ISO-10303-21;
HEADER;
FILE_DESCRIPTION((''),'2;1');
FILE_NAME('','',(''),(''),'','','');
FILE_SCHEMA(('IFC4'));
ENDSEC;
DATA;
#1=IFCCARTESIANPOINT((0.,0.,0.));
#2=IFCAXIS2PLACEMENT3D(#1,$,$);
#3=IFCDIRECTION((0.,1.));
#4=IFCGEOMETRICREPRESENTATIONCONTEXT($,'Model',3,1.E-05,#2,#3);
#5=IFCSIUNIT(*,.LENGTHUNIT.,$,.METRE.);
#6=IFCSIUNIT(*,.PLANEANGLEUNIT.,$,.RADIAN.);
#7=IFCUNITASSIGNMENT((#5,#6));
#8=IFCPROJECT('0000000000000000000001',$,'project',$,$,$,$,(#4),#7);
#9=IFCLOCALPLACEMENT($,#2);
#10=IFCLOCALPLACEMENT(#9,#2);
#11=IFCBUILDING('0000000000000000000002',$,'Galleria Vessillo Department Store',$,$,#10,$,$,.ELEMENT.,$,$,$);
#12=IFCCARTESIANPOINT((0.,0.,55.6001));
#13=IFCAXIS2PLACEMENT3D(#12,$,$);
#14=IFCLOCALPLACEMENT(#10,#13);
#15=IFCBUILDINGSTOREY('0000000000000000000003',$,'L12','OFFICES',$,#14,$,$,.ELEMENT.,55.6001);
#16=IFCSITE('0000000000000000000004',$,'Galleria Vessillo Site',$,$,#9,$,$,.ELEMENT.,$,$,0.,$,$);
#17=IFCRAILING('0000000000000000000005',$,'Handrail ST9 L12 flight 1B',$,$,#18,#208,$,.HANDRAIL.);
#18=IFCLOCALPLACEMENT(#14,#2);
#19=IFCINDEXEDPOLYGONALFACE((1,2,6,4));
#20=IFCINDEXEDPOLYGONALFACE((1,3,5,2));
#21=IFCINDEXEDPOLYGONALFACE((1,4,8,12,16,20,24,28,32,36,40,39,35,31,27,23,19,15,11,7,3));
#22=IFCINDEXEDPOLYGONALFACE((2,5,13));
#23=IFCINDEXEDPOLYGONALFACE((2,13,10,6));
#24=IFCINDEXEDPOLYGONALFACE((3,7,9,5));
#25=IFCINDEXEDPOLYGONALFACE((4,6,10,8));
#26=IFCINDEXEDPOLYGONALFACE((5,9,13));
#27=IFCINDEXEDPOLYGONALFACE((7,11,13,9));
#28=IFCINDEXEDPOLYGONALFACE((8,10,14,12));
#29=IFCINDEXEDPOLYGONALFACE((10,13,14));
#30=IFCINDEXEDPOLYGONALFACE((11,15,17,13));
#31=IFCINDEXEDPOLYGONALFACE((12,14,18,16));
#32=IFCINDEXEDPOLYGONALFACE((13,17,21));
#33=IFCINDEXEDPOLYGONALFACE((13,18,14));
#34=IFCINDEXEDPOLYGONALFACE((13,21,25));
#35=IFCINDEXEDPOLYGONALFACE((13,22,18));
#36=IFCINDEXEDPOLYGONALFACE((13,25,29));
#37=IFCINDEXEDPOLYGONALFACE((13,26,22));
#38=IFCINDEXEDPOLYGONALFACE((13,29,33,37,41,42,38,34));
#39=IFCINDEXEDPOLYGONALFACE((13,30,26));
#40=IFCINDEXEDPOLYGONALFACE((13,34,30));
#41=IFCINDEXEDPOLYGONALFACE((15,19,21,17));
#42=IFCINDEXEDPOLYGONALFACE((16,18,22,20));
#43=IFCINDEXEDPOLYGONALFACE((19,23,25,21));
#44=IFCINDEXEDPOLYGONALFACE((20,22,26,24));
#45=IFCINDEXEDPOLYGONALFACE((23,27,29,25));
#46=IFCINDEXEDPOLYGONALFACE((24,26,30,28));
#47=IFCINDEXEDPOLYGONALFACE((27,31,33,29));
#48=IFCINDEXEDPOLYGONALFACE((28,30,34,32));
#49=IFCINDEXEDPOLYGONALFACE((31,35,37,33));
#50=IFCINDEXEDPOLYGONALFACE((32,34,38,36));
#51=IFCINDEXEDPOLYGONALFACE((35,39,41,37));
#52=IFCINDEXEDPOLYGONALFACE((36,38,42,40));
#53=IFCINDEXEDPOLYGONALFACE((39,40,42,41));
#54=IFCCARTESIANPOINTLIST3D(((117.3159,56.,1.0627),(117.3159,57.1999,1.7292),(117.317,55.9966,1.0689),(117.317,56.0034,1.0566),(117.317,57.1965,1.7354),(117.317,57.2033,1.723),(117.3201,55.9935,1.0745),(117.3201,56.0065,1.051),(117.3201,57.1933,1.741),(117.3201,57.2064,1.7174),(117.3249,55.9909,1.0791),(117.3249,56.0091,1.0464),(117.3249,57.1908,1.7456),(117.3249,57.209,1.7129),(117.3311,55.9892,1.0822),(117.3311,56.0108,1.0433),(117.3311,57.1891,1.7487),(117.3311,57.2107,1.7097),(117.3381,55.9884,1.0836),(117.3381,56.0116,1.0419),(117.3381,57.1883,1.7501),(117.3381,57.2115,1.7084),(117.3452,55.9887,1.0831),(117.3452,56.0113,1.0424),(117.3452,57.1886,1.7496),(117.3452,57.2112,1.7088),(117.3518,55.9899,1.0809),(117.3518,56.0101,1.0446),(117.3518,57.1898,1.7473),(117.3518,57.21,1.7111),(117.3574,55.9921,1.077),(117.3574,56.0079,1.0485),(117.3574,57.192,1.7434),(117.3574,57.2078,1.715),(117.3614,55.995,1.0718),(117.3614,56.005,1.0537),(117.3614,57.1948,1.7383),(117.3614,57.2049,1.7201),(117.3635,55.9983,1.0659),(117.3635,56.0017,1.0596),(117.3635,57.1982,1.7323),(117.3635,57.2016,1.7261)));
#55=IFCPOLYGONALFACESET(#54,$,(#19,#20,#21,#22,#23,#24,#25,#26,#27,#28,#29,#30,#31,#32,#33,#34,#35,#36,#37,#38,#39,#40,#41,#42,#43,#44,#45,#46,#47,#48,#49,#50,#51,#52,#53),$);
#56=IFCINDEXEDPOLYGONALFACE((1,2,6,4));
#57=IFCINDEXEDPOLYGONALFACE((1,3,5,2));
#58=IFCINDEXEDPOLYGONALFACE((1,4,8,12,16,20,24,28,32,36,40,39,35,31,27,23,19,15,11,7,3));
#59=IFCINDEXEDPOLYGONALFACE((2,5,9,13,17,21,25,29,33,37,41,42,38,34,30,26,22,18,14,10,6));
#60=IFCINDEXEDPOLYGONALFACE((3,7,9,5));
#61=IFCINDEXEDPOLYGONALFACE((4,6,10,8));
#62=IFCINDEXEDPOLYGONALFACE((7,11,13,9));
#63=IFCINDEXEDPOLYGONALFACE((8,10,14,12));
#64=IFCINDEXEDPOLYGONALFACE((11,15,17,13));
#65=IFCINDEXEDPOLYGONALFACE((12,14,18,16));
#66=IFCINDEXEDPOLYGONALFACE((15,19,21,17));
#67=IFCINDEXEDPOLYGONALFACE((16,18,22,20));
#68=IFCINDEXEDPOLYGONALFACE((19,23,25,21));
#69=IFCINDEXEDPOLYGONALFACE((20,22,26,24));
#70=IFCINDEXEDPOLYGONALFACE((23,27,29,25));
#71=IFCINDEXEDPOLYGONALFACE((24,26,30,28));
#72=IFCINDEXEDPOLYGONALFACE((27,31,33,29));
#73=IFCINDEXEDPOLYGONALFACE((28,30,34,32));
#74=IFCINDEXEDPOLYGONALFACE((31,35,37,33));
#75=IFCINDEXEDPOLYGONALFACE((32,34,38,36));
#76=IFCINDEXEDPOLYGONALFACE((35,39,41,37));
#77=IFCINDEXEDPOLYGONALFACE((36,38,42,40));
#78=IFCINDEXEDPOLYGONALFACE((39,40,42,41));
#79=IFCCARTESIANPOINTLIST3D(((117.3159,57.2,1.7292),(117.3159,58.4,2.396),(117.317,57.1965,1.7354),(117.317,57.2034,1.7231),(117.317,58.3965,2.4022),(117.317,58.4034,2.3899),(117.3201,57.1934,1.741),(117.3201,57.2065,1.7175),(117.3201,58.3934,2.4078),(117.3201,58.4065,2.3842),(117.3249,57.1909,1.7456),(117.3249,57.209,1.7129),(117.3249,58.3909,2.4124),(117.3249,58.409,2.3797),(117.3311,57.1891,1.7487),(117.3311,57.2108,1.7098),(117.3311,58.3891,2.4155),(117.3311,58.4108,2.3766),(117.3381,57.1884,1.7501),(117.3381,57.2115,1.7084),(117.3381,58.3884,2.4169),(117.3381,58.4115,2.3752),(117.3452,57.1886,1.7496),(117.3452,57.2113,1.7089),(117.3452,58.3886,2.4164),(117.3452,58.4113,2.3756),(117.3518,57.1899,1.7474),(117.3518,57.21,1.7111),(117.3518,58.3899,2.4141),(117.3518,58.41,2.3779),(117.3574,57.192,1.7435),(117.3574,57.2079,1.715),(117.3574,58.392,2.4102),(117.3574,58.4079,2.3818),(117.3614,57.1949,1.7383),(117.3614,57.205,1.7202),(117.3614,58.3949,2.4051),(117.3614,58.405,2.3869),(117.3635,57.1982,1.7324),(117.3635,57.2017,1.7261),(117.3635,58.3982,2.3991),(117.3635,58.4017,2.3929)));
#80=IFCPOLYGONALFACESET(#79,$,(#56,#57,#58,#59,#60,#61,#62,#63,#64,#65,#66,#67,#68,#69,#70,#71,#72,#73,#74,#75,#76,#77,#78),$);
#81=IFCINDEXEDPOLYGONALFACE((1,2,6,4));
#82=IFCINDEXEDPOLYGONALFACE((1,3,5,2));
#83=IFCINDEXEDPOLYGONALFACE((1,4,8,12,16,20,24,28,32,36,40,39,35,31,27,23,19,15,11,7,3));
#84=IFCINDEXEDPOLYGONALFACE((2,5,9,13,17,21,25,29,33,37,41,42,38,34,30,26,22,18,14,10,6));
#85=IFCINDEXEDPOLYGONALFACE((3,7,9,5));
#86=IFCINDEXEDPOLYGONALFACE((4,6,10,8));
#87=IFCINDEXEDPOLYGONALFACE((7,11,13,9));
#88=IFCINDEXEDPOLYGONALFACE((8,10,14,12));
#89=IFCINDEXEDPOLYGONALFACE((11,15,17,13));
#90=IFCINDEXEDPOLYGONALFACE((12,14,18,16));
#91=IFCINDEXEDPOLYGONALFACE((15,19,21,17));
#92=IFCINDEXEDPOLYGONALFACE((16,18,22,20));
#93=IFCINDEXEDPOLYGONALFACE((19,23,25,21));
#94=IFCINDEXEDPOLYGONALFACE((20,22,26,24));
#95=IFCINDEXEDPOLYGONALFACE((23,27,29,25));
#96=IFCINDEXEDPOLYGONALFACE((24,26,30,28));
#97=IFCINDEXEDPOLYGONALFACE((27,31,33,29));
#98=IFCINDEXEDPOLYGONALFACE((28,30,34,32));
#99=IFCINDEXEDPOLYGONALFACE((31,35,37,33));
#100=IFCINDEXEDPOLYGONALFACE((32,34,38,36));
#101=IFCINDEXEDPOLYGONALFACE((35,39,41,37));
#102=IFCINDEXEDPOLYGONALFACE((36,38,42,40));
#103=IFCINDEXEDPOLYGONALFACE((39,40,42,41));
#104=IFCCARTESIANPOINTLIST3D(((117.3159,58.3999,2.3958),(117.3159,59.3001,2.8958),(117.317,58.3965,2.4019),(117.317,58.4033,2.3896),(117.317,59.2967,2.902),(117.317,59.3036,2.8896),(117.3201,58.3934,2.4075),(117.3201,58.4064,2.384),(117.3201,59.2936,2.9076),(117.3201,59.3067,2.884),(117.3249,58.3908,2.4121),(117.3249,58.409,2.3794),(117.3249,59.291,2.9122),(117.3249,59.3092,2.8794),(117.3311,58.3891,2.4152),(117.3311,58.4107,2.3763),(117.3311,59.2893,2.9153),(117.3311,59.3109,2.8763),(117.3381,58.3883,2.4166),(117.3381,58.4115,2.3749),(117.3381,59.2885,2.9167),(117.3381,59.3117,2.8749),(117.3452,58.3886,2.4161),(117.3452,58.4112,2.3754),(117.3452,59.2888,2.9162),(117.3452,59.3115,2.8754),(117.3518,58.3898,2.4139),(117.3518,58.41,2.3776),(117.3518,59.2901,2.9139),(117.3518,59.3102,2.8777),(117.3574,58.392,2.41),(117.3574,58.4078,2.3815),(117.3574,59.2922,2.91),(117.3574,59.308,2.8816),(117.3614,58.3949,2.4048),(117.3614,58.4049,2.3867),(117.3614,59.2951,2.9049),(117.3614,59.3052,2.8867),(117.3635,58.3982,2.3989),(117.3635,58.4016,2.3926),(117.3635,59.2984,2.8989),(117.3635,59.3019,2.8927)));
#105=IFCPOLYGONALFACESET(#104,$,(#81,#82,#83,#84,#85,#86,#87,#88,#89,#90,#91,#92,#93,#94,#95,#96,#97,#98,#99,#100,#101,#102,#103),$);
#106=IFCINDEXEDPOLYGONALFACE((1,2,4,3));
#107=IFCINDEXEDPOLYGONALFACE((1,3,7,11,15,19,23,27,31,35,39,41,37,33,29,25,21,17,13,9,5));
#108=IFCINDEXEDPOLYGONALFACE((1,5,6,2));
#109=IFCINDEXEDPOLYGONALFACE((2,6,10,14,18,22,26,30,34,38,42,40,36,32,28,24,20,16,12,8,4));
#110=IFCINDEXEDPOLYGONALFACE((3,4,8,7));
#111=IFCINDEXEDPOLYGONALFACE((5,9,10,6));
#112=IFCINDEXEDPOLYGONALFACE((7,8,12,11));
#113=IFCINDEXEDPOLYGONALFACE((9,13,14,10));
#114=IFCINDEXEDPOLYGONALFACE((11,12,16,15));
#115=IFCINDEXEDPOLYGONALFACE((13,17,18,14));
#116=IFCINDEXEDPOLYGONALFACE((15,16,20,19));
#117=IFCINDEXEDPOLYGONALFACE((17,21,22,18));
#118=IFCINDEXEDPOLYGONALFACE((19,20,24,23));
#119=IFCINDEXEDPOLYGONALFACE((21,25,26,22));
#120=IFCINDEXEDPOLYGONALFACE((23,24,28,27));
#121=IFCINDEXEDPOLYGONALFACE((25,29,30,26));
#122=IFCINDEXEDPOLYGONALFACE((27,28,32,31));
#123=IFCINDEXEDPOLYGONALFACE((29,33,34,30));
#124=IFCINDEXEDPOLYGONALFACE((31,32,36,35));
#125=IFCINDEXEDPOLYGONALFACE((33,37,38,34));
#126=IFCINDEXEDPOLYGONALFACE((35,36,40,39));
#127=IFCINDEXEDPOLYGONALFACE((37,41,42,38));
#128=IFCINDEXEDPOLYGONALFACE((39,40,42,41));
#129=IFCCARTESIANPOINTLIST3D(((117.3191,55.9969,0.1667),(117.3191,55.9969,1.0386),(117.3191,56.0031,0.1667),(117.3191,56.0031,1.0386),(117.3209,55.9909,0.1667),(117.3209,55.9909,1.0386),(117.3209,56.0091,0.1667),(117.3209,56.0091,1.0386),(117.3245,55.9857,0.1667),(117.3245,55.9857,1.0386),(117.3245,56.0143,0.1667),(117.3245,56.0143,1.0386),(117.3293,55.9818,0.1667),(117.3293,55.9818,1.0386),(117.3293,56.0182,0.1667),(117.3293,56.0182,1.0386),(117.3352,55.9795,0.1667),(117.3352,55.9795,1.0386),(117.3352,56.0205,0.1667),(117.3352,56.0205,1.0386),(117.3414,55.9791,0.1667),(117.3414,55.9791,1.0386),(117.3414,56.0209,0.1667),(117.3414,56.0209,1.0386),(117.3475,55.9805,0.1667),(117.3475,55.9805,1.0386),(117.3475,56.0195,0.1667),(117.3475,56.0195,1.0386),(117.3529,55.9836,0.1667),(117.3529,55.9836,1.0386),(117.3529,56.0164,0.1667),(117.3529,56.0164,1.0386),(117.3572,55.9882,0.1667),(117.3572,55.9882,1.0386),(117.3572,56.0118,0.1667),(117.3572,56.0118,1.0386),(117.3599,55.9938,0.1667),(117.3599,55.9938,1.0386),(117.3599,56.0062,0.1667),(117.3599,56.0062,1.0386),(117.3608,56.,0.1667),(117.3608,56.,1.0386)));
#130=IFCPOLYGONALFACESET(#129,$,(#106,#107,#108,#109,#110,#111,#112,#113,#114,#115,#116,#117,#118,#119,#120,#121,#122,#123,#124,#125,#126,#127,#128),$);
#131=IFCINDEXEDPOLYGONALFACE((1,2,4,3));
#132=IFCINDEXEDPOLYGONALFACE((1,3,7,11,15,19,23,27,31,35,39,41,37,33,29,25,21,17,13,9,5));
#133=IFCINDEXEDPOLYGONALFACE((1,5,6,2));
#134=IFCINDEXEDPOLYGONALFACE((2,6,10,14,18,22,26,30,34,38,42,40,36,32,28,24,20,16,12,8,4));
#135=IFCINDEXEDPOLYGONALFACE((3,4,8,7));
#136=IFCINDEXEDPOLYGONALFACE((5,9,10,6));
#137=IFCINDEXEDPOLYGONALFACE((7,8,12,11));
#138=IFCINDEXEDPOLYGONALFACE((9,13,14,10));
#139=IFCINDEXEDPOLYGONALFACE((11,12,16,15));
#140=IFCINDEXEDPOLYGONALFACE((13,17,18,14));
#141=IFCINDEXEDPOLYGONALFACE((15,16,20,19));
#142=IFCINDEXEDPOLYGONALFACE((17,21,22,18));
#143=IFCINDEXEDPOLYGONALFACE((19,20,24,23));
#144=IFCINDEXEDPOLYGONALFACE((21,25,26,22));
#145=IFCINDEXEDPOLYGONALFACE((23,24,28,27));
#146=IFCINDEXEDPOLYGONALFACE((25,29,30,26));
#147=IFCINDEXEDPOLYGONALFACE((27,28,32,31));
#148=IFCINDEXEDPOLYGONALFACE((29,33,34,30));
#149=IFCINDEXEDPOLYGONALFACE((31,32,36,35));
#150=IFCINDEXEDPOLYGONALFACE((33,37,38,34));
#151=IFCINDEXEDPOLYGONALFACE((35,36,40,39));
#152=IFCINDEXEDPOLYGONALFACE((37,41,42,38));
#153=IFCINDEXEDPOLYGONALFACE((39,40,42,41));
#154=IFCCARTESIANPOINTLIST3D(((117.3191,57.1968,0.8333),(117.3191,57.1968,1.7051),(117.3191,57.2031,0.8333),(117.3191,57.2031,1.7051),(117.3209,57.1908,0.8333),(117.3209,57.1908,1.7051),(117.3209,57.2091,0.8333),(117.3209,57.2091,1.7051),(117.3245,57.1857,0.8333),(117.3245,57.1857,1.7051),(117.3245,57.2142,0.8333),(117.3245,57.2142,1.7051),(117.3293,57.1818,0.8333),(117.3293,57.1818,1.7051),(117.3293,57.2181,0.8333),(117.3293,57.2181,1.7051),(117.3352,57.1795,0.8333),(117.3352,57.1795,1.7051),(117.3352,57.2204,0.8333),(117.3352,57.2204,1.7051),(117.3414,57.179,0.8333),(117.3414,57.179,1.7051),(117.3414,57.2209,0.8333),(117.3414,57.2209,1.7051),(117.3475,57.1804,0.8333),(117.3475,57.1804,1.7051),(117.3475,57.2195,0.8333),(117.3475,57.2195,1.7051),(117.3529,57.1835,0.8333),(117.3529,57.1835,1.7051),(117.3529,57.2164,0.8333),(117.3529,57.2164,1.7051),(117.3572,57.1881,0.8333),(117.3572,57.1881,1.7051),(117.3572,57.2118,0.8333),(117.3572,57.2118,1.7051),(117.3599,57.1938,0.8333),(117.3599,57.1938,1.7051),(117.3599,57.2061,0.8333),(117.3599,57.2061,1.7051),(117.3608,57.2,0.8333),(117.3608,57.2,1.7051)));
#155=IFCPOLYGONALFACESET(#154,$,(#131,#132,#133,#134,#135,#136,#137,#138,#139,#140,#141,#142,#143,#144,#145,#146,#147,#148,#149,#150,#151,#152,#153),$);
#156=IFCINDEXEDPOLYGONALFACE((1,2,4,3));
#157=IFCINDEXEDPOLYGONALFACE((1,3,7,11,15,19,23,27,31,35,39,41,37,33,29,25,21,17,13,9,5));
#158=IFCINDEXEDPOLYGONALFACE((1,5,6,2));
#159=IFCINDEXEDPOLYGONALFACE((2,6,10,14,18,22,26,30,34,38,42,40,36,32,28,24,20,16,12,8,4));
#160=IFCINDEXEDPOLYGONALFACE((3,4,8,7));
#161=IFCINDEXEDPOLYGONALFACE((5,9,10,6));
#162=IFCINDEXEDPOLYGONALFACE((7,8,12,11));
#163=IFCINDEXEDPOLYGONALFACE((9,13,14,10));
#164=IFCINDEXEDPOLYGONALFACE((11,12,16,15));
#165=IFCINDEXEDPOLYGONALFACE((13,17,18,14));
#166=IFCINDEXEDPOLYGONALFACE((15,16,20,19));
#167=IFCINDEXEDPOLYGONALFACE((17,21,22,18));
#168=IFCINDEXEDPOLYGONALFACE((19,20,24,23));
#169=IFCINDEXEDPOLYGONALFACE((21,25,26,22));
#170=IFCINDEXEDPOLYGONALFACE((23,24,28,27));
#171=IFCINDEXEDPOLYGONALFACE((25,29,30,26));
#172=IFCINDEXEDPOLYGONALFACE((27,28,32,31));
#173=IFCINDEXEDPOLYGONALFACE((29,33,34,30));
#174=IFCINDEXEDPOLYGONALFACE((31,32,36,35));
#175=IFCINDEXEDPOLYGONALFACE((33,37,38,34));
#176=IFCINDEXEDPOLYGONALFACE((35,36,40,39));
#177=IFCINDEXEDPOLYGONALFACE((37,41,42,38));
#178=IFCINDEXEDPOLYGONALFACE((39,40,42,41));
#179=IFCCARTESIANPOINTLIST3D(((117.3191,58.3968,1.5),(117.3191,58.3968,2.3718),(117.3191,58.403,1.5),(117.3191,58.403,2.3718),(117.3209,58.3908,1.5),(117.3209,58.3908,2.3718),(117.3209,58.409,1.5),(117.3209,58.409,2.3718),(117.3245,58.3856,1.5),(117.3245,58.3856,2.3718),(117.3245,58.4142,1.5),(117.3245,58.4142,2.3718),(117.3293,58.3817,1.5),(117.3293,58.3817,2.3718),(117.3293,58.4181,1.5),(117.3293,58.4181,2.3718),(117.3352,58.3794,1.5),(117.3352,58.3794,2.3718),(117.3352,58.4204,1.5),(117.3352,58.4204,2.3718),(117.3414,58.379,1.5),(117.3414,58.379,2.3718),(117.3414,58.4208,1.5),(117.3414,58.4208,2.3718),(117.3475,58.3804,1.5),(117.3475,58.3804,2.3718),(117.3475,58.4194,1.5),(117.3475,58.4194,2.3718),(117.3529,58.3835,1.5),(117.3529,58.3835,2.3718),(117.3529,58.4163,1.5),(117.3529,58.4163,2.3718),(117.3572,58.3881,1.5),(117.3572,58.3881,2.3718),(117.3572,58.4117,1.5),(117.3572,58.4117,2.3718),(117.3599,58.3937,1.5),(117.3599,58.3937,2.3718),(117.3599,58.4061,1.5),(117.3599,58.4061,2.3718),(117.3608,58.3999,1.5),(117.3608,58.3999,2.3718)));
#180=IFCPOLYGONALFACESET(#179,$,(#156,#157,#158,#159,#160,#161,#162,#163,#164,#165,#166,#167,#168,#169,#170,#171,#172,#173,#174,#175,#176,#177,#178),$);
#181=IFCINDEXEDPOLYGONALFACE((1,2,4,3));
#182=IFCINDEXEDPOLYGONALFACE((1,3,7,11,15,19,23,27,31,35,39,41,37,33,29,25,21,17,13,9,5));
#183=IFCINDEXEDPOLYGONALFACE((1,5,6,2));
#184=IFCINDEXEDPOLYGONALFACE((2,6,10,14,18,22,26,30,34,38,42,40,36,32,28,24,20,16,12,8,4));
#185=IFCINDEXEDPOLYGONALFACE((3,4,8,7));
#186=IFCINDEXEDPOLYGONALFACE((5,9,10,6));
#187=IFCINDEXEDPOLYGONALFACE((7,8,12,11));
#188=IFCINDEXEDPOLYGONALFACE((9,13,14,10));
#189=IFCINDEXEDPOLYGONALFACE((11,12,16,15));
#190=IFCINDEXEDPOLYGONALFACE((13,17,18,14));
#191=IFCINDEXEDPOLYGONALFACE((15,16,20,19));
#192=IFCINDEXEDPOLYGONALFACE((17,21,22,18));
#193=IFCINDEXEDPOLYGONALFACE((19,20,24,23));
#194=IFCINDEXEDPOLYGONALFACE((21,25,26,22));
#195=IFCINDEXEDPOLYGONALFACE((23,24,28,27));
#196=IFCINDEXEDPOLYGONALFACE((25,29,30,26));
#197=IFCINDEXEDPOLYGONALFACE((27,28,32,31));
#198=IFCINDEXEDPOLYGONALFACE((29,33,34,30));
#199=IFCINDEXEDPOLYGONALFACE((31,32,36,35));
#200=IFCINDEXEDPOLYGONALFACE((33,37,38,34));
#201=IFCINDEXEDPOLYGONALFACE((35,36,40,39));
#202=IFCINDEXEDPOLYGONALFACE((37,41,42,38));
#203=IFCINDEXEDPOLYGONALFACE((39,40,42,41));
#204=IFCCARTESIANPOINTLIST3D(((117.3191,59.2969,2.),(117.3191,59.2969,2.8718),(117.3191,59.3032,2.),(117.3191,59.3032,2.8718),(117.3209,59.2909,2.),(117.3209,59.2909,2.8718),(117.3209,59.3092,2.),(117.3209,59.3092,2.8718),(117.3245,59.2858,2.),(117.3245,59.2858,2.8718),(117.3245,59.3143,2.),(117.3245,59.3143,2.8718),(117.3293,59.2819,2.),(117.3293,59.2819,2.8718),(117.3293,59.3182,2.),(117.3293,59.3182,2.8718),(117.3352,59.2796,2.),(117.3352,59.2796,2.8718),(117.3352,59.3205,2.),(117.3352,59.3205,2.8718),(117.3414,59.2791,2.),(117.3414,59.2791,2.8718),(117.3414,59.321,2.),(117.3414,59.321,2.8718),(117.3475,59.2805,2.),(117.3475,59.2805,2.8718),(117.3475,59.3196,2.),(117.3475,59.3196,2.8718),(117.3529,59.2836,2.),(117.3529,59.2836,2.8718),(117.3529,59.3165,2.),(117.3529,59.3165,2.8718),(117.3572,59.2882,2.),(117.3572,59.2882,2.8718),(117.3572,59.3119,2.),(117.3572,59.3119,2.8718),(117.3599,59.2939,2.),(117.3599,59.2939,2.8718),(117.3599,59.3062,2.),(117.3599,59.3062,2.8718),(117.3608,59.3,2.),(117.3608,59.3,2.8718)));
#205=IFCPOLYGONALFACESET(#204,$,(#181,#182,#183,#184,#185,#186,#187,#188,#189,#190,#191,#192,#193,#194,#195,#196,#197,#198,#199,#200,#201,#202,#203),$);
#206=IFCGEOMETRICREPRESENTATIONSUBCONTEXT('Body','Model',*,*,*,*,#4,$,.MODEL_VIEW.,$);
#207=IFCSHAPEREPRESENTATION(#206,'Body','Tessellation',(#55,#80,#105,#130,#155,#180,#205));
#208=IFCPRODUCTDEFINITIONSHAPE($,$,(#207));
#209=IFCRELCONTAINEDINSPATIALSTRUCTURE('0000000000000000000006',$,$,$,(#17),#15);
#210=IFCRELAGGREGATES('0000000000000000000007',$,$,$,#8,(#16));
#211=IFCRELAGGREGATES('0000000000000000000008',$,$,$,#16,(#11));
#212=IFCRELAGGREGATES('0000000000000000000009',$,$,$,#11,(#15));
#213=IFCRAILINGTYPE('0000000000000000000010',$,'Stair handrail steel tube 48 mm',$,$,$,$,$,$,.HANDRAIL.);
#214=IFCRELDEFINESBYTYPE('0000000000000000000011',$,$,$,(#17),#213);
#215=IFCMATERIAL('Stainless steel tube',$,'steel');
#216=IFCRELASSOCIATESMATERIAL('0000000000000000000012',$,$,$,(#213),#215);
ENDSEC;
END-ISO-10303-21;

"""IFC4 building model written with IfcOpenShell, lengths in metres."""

from ifc_helpers import new_model, si_unit, direction, frame, origin, origin_2d, place, context, subcontext, project, spatial, circle, extrude, material, type_object, element, save


model = new_model("IFC4")

# Units and contexts
model_context = context("Model", 3, precision=1e-05, world=origin(), true_north=direction((0.0, 1.0)))
body_context = subcontext(model_context, "Body", "Model", "MODEL_VIEW")
ifc_project = project(units=[si_unit("LENGTHUNIT", "METRE"), si_unit("PLANEANGLEUNIT", "RADIAN")], contexts=[model_context])

# Site, building, storey
site_placement = place(None, origin())
site = spatial("IfcSite", under=ifc_project, at=site_placement, Name="Galleria Vessillo Site", CompositionType="ELEMENT", RefElevation=0.0)
building_placement = place(site_placement, origin())
building = spatial("IfcBuilding", under=site, at=building_placement, Name="Galleria Vessillo Department Store", CompositionType="ELEMENT")
storey_placement = place(building_placement, frame((0.0, 0.0, 55.6001)))
storey = spatial("IfcBuildingStorey", under=building, at=storey_placement, Name="L12", Description="OFFICES", CompositionType="ELEMENT", Elevation=55.6001)

# Railing
ifc_material_1 = material(Name="Stainless steel tube", Category="steel")
railing_type = type_object("IfcRailingType", Name="Stair handrail steel tube 48 mm", PredefinedType="HANDRAIL", material=ifc_material_1)
for number, where, name in (
    (1, (117.3398, 56.0, 0.1667), "Handrail ST9 L12 flight 1B"),
):
    element("IfcRailing", number, at=place(storey_placement, frame(where)), inside=storey, type_object=railing_type, Name=name, PredefinedType="HANDRAIL", context=body_context, shape_type="SweptSolid", body=[
        extrude(circle(Radius=0.0239, at=origin_2d()), frame((0.0, 0.0, 0.896), z_axis=(0.0, 0.874199, 0.485567), x_axis=(-1.0, 0.0, 0.0)), (0.0, 0.0, 1.0), 1.3726),
        extrude(circle(Radius=0.0239, at=origin_2d()), frame((0.0, 1.2, 1.5625), z_axis=(0.0, 0.874124, 0.485703), x_axis=(-1.0, 0.0, 0.0)), (0.0, 0.0, 1.0), 1.3728),
        extrude(circle(Radius=0.0239, at=origin_2d()), frame((0.0, 2.3999, 2.229), z_axis=(0.0, 0.874191, 0.485583), x_axis=(-1.0, 0.0, 0.0)), (0.0, 0.0, 1.0), 1.0298),
        extrude(circle(Radius=0.021, at=origin_2d()), origin(), (0.0, 0.0, 1.0), 0.8718),
        extrude(circle(Radius=0.021, at=origin_2d()), frame((0.0, 1.2, 0.6665)), (0.0, 0.0, 1.0), 0.8718),
        extrude(circle(Radius=0.021, at=origin_2d()), frame((0.0, 2.3999, 1.3333)), (0.0, 0.0, 1.0), 0.8718),
        extrude(circle(Radius=0.021, at=origin_2d()), frame((0.0, 3.3, 1.8333)), (0.0, 0.0, 1.0), 0.8718),
    ])

save(model, "model.ifc")
